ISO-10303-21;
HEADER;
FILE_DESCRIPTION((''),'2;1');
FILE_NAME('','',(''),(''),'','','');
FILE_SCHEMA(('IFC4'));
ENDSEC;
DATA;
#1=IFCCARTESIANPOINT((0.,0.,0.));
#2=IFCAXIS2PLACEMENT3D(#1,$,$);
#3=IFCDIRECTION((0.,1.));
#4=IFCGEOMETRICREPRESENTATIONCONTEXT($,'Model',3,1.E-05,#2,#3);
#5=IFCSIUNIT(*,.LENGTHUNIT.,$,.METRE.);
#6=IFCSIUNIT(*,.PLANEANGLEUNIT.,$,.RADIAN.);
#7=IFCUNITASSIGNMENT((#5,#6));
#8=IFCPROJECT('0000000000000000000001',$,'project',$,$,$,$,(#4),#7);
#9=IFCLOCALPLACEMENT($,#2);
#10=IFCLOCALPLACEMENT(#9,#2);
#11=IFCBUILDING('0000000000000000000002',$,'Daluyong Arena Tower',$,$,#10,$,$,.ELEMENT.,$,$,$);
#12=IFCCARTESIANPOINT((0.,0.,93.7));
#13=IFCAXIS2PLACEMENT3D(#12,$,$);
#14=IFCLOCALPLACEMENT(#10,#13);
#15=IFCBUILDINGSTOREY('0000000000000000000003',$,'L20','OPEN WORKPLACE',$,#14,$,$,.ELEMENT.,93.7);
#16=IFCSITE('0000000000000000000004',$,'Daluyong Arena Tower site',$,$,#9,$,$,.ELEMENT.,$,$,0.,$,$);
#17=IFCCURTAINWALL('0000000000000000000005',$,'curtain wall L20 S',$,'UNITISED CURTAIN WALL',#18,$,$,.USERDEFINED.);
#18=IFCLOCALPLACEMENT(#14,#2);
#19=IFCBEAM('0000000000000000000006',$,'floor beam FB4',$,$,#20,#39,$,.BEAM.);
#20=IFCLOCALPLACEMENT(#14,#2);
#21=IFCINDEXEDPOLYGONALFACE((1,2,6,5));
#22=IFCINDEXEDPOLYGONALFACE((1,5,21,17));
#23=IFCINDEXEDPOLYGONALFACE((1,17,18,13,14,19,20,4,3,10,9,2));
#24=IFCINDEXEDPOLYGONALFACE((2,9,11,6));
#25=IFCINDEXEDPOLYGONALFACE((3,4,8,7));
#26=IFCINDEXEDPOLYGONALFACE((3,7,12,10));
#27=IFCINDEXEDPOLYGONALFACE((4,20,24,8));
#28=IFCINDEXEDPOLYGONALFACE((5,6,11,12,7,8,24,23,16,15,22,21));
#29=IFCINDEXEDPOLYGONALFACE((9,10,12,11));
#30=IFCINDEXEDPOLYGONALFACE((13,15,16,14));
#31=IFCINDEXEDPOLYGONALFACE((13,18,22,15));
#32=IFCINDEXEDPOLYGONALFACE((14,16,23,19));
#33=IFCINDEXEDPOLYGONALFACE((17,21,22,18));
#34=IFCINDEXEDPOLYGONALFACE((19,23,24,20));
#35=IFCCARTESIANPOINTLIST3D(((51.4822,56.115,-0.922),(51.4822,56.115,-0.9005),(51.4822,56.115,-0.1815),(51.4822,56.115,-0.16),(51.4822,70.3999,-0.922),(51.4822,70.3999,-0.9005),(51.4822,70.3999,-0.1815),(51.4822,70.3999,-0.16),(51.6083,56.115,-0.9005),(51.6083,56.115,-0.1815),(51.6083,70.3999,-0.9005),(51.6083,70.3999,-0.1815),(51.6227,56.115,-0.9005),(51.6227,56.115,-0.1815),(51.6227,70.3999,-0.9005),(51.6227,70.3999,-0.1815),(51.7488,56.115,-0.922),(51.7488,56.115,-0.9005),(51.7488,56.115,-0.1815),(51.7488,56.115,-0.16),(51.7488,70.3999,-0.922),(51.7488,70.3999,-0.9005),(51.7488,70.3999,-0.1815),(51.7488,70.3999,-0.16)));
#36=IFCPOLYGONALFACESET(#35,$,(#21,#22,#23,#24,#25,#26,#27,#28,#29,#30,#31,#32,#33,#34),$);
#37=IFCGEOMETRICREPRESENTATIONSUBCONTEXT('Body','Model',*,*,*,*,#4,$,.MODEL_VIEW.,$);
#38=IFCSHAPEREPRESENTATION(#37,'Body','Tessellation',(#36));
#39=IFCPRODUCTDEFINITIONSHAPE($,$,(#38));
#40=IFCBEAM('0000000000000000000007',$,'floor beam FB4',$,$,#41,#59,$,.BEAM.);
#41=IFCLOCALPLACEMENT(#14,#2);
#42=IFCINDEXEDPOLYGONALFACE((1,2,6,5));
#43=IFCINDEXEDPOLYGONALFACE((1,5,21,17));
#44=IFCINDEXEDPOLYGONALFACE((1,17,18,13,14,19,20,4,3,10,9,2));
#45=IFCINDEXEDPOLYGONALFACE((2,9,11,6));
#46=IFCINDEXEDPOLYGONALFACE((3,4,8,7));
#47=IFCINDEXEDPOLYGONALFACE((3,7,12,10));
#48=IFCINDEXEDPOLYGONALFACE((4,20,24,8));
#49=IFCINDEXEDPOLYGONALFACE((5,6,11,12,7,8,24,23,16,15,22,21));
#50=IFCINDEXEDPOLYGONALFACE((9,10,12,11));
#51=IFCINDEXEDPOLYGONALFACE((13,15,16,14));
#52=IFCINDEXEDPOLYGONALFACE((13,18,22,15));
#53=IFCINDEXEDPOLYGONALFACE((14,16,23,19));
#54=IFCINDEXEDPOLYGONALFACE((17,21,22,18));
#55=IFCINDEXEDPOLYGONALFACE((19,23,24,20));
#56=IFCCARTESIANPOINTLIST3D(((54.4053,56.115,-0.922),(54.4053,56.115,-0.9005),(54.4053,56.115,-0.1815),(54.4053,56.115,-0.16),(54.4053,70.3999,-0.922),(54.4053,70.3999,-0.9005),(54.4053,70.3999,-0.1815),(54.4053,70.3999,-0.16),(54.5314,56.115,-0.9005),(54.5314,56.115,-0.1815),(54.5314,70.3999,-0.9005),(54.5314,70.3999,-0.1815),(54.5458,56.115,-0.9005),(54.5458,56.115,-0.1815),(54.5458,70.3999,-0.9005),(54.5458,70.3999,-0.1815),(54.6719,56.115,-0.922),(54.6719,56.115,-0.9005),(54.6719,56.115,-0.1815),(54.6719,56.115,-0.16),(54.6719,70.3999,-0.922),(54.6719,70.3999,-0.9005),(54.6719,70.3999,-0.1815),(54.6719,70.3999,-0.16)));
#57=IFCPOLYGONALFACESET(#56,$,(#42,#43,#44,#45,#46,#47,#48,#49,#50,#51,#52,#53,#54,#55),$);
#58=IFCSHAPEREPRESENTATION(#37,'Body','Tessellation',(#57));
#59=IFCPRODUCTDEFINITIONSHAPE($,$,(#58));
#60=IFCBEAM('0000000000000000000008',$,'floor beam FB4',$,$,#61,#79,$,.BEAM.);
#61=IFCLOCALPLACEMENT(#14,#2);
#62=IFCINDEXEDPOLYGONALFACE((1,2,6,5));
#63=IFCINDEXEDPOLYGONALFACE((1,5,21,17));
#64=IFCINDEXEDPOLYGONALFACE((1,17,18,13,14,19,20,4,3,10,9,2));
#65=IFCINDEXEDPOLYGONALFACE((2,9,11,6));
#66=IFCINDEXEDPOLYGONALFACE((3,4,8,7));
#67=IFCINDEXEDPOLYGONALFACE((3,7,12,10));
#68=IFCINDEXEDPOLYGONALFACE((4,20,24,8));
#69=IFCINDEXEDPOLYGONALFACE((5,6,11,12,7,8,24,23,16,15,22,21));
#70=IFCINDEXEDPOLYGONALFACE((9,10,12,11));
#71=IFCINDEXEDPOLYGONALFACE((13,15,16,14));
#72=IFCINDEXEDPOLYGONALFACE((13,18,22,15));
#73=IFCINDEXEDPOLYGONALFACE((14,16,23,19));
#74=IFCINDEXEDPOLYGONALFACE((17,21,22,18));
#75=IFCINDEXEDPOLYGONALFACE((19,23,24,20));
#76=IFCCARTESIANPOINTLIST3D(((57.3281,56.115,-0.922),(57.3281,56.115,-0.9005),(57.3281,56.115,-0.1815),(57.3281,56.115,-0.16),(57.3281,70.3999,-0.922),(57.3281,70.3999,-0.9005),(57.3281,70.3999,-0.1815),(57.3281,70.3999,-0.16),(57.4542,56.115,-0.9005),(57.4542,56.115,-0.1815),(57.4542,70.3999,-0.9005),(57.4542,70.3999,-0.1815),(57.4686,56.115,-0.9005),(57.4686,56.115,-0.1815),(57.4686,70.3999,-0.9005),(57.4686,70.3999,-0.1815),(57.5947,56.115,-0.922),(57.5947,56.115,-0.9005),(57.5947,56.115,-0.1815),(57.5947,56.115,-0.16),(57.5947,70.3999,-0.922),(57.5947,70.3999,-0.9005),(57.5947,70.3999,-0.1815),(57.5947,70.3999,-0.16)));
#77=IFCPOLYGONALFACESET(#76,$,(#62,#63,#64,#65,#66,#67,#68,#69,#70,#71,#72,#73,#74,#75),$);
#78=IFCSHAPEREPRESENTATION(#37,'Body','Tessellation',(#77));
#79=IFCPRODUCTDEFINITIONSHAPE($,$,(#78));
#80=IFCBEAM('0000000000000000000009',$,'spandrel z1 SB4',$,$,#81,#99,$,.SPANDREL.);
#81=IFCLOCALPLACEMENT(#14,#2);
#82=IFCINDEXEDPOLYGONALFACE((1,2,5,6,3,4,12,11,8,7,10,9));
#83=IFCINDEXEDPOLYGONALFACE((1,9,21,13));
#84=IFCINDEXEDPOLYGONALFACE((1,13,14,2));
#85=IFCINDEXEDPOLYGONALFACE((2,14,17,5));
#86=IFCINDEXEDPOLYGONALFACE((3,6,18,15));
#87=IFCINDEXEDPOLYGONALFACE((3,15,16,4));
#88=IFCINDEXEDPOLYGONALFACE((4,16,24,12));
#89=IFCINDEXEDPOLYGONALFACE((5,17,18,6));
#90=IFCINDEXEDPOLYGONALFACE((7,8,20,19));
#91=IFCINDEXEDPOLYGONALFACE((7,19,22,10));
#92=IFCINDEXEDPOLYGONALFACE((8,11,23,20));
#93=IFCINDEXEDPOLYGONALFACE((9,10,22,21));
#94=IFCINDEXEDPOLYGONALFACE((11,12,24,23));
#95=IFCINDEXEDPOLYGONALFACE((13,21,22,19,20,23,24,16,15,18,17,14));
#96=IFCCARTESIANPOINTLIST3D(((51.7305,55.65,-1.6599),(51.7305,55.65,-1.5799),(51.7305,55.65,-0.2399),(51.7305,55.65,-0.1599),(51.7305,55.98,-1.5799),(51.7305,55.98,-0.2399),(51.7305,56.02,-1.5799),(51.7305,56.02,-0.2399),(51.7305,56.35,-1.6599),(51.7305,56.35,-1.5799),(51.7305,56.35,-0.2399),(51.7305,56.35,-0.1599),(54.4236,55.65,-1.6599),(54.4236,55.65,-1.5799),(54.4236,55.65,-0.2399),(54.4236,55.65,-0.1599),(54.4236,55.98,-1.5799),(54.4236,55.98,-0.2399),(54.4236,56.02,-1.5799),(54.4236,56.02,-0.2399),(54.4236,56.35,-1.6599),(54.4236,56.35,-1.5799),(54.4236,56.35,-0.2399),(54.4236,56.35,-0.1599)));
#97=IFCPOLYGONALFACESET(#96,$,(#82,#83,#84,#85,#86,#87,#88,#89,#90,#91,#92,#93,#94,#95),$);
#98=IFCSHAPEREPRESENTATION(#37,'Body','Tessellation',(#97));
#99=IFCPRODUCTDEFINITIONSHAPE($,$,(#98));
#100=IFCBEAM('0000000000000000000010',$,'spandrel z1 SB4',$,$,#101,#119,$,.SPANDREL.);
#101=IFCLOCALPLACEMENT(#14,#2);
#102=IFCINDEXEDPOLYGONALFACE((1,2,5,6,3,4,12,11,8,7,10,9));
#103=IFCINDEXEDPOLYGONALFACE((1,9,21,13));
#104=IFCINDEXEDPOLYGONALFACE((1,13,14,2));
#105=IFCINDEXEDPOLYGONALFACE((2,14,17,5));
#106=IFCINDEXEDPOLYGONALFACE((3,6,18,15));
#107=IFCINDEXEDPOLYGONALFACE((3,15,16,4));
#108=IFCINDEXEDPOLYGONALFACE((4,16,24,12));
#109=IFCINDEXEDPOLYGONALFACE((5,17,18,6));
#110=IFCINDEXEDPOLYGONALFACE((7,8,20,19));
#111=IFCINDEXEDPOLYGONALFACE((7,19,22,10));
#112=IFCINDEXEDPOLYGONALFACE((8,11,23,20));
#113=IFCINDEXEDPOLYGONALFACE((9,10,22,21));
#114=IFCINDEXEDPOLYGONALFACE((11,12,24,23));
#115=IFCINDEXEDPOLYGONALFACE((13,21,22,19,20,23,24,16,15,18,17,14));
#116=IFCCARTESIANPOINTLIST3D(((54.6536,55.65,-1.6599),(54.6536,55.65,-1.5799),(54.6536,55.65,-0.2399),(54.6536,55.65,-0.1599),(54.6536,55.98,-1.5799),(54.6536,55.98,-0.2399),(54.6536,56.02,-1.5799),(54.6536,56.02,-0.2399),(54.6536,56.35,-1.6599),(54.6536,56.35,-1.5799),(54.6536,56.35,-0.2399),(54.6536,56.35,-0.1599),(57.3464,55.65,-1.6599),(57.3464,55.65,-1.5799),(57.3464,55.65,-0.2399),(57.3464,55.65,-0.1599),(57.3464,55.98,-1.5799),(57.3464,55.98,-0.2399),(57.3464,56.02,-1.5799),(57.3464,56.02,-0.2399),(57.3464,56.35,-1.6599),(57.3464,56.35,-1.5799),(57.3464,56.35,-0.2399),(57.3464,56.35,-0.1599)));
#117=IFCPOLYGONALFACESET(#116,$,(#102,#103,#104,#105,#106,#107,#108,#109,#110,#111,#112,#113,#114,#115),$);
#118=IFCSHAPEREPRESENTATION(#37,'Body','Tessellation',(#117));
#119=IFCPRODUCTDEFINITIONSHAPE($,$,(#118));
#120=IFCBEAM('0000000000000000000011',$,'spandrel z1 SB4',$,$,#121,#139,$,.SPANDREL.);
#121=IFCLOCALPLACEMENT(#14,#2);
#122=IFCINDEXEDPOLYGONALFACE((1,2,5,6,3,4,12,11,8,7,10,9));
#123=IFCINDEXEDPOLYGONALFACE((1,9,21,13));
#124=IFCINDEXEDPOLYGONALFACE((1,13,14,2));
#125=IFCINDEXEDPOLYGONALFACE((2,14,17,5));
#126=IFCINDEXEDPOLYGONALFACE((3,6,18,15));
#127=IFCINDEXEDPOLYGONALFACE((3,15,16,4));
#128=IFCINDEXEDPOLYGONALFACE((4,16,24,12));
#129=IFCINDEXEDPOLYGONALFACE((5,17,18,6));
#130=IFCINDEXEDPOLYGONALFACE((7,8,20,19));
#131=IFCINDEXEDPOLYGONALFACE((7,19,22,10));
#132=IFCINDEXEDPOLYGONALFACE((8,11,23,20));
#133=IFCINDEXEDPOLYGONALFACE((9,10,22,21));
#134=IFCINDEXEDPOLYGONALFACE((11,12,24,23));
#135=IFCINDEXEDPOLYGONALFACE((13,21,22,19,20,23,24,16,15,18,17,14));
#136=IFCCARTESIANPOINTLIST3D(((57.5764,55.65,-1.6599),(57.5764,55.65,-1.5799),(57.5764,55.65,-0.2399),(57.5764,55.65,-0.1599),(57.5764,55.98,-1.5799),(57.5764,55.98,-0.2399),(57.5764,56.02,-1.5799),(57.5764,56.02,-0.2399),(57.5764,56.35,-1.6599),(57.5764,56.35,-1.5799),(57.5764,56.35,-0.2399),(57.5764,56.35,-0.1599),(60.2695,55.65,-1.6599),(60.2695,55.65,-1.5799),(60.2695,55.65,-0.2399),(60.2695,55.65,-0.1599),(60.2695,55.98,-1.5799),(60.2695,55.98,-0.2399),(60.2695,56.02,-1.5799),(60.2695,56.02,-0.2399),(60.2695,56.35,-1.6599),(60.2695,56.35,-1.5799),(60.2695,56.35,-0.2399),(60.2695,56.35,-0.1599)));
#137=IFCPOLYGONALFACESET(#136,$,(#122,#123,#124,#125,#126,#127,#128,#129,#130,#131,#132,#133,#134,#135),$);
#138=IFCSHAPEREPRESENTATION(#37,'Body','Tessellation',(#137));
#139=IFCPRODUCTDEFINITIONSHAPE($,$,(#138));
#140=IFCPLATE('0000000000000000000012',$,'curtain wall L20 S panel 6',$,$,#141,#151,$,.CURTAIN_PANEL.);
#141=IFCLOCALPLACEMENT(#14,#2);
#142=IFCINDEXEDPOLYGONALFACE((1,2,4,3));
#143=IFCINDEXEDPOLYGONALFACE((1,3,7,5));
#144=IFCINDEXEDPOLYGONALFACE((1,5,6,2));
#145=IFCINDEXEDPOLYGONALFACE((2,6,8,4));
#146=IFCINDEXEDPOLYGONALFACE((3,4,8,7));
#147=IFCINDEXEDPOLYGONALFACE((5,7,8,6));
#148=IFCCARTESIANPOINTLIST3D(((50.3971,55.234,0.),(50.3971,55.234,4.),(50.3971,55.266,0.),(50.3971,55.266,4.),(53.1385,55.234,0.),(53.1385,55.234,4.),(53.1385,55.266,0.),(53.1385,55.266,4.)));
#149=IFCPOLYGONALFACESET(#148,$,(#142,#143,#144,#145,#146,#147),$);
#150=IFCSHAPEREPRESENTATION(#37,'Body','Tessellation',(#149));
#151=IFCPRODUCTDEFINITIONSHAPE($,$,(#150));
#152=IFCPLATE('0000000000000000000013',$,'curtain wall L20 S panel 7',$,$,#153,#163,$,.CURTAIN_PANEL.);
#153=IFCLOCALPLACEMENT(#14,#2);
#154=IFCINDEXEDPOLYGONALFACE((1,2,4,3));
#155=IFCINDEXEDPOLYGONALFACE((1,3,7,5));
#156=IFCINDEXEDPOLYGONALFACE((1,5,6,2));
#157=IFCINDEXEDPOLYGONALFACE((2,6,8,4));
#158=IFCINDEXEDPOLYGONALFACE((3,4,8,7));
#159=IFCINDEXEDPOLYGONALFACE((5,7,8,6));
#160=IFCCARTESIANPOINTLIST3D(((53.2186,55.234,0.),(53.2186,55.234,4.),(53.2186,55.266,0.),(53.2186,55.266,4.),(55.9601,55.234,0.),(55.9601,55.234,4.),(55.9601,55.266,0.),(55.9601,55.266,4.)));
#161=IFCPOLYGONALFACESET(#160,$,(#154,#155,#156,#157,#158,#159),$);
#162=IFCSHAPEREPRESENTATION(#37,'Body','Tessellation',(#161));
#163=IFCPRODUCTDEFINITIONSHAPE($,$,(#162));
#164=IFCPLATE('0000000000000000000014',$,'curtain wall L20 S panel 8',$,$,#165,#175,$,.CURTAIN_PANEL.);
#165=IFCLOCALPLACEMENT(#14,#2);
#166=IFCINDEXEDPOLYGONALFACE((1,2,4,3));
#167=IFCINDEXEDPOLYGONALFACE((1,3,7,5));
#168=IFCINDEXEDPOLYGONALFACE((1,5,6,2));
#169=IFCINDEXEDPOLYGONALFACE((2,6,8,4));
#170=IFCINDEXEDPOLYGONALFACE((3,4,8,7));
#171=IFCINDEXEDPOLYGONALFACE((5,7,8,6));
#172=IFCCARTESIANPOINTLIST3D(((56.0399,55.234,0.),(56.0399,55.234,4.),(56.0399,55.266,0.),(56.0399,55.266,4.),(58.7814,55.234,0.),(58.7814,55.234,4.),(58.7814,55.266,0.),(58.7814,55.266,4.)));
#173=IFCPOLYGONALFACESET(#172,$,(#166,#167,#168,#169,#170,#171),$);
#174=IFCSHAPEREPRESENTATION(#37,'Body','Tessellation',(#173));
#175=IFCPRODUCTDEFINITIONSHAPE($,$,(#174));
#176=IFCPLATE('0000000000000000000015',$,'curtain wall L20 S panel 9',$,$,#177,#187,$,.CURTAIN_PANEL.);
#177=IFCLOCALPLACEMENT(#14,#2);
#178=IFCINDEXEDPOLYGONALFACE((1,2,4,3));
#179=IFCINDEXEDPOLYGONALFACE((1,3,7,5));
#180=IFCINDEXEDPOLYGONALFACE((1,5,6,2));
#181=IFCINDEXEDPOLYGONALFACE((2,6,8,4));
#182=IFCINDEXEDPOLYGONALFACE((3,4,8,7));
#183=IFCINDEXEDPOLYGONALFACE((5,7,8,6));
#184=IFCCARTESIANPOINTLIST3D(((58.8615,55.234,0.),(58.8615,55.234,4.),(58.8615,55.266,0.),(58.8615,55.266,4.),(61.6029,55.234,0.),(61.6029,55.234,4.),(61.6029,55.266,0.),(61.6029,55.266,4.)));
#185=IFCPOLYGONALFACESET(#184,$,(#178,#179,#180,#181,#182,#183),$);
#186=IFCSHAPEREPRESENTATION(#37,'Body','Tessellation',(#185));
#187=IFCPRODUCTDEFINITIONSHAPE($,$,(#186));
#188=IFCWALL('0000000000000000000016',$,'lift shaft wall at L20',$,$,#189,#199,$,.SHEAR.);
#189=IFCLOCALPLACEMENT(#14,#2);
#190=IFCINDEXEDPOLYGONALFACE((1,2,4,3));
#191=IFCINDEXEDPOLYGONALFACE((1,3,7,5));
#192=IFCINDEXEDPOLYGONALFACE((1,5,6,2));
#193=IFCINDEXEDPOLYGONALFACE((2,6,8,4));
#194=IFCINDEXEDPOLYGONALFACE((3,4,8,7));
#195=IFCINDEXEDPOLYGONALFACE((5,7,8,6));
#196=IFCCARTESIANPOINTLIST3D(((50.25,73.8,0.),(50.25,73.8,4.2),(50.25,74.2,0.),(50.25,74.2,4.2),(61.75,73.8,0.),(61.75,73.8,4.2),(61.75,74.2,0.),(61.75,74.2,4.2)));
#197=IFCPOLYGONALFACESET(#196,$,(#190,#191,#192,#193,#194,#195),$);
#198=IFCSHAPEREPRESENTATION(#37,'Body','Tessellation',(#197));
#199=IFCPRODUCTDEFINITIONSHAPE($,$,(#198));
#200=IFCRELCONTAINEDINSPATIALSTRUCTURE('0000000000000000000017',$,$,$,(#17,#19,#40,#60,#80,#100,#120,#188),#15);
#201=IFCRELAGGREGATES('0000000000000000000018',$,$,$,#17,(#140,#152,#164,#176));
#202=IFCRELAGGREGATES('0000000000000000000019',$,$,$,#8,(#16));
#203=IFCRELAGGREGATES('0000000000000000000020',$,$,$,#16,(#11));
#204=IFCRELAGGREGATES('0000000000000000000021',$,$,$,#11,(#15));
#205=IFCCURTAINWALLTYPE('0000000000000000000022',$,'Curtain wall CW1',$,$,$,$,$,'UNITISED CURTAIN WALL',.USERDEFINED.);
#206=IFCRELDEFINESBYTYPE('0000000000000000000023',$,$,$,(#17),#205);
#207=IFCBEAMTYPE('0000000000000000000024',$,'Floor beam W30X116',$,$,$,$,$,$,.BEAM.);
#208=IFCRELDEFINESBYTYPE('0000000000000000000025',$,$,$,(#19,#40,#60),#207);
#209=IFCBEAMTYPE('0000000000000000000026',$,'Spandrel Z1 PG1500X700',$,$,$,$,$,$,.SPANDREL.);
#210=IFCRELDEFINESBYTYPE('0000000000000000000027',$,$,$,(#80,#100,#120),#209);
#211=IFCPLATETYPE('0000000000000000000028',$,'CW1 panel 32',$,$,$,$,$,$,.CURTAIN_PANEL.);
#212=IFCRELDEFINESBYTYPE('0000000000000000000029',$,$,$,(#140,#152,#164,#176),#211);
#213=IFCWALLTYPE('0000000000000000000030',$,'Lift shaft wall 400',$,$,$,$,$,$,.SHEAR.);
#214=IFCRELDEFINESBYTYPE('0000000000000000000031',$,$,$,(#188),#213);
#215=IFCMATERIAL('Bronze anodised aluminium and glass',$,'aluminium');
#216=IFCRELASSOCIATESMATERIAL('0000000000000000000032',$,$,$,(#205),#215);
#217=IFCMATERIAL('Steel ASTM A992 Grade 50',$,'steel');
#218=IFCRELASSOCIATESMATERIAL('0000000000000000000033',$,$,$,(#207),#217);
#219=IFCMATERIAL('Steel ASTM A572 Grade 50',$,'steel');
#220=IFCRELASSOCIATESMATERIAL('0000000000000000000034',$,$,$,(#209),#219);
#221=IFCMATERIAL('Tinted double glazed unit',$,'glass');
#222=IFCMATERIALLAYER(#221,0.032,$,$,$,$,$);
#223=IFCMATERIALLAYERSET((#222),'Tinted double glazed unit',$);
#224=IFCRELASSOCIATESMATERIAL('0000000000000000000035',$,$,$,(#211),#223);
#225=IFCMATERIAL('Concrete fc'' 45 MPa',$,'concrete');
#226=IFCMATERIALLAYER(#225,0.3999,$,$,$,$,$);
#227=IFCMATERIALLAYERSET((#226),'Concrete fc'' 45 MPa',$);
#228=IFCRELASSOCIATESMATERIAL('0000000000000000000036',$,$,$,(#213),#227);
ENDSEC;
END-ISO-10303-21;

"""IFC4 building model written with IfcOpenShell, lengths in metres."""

from ifc_helpers import new_model, si_unit, direction, frame, frame_2d, origin, origin_2d, place, context, subcontext, project, spatial, rectangle, i_section, extrude, material, layer, layer_set, material_profile, profile_set, type_object, element, aggregate, save


model = new_model("IFC4")

# Units and contexts
model_context = context("Model", 3, precision=1e-05, world=origin(), true_north=direction((0.0, 1.0)))
body_context = subcontext(model_context, "Body", "Model", "MODEL_VIEW")
ifc_project = project(units=[si_unit("LENGTHUNIT", "METRE"), si_unit("PLANEANGLEUNIT", "RADIAN")], contexts=[model_context])

# Site, building, storey
site_placement = place(None, origin())
site = spatial("IfcSite", under=ifc_project, at=site_placement, Name="Daluyong Arena Tower site", CompositionType="ELEMENT", RefElevation=0.0)
building_placement = place(site_placement, origin())
building = spatial("IfcBuilding", under=site, at=building_placement, Name="Daluyong Arena Tower", CompositionType="ELEMENT")
storey_placement = place(building_placement, frame((0.0, 0.0, 93.7)))
storey = spatial("IfcBuildingStorey", under=building, at=storey_placement, Name="L20", Description="OPEN WORKPLACE", CompositionType="ELEMENT", Elevation=93.7)

# Curtain wall
ifc_material_1 = material(Name="Bronze anodised aluminium and glass", Category="aluminium")
curtain_wall_type = type_object("IfcCurtainWallType", Name="Curtain wall CW1", ElementType="UNITISED CURTAIN WALL", PredefinedType="USERDEFINED", material=ifc_material_1)
curtain_wall_placement = place(storey_placement, origin())
curtain_wall = element("IfcCurtainWall", 1, at=curtain_wall_placement, inside=storey, type_object=curtain_wall_type, Name="curtain wall L20 S", ObjectType="UNITISED CURTAIN WALL", PredefinedType="USERDEFINED")

# Beams
ifc_material_2 = material(Name="Steel ASTM A992 Grade 50", Category="steel")
ifc_material_profile_1 = material_profile(ifc_material_2, i_section(OverallWidth=0.2666, OverallDepth=0.762, WebThickness=0.0144, FlangeThickness=0.0215, at=origin_2d()))
ifc_profile_set_1 = profile_set([ifc_material_profile_1], Name="Steel ASTM A992 Grade 50")
beam_type_1 = type_object("IfcBeamType", Name="Floor beam W30X116", PredefinedType="BEAM", material=ifc_profile_set_1)
for number, where, z_axis, x_axis, name in (
    (2, (51.6155, 56.115, -0.541), (0.0, 1.0, 0.0), (-1.0, 0.0, 0.0), "floor beam FB4"),
    (3, (54.5386, 56.115, -0.541), (0.0, 1.0, 0.0), (-1.0, 0.0, 0.0), "floor beam FB4"),
    (4, (57.4614, 56.115, -0.541), (0.0, 1.0, 0.0), (-1.0, 0.0, 0.0), "floor beam FB4"),
):
    element("IfcBeam", number, at=place(storey_placement, frame(where, z_axis=z_axis, x_axis=x_axis)), inside=storey, type_object=beam_type_1, Name=name, PredefinedType="BEAM", context=body_context, shape_type="SweptSolid", body=[
        extrude(i_section(OverallWidth=0.2666, OverallDepth=0.762, WebThickness=0.0144, FlangeThickness=0.0215, at=origin_2d()), origin(), (0.0, 0.0, 1.0), 14.2849),
    ])
ifc_material_3 = material(Name="Steel ASTM A572 Grade 50", Category="steel")
ifc_material_profile_2 = material_profile(ifc_material_3, i_section(OverallWidth=0.7, OverallDepth=1.5, WebThickness=0.04, FlangeThickness=0.08, at=origin_2d()))
ifc_profile_set_2 = profile_set([ifc_material_profile_2], Name="Steel ASTM A572 Grade 50")
beam_type_2 = type_object("IfcBeamType", Name="Spandrel Z1 PG1500X700", PredefinedType="SPANDREL", material=ifc_profile_set_2)
beam_1_placement = place(storey_placement, frame((51.7305, 56.0, -0.9099), z_axis=(1.0, 0.0, 0.0), x_axis=(0.0, 1.0, 0.0)))
element("IfcBeam", 5, at=beam_1_placement, inside=storey, type_object=beam_type_2, Name="spandrel z1 SB4", PredefinedType="SPANDREL", context=body_context, shape_type="SweptSolid", body=[
    extrude(i_section(OverallWidth=0.7, OverallDepth=1.5, WebThickness=0.04, FlangeThickness=0.08, at=origin_2d()), origin(), (0.0, 0.0, 1.0), 2.6931),
])
beam_2_placement = place(storey_placement, frame((54.6536, 56.0, -0.9099), z_axis=(1.0, 0.0, 0.0), x_axis=(0.0, 1.0, 0.0)))
element("IfcBeam", 6, at=beam_2_placement, inside=storey, type_object=beam_type_2, Name="spandrel z1 SB4", PredefinedType="SPANDREL", context=body_context, shape_type="SweptSolid", body=[
    extrude(i_section(OverallWidth=0.7, OverallDepth=1.5, WebThickness=0.04, FlangeThickness=0.08, at=origin_2d()), origin(), (0.0, 0.0, 1.0), 2.6929),
])
beam_3_placement = place(storey_placement, frame((57.5764, 56.0, -0.9099), z_axis=(1.0, 0.0, 0.0), x_axis=(0.0, 1.0, 0.0)))
element("IfcBeam", 7, at=beam_3_placement, inside=storey, type_object=beam_type_2, Name="spandrel z1 SB4", PredefinedType="SPANDREL", context=body_context, shape_type="SweptSolid", body=[
    extrude(i_section(OverallWidth=0.7, OverallDepth=1.5, WebThickness=0.04, FlangeThickness=0.08, at=origin_2d()), origin(), (0.0, 0.0, 1.0), 2.6931),
])

# Plates
ifc_material_4 = material(Name="Tinted double glazed unit", Category="glass")
ifc_layer_1 = layer(ifc_material_4, 0.032)
ifc_layer_set_1 = layer_set([ifc_layer_1], Name="Tinted double glazed unit")
plate_type = type_object("IfcPlateType", Name="CW1 panel 32", PredefinedType="CURTAIN_PANEL", material=ifc_layer_set_1)
plate_1_placement = place(storey_placement, frame((51.7678, 55.25, 0.0), z_axis=(0.0, 0.0, 1.0), x_axis=(1.0, 0.0, 0.0)))
plate_1 = element("IfcPlate", 8, at=plate_1_placement, type_object=plate_type, Name="curtain wall L20 S panel 6", PredefinedType="CURTAIN_PANEL", context=body_context, shape_type="SweptSolid", body=[
    extrude(rectangle(XDim=2.7415, YDim=0.032, at=origin_2d()), origin(), (0.0, 0.0, 1.0), 4.0),
])
plate_2_placement = place(storey_placement, frame((54.5894, 55.25, 0.0), z_axis=(0.0, 0.0, 1.0), x_axis=(1.0, 0.0, 0.0)))
plate_2 = element("IfcPlate", 9, at=plate_2_placement, type_object=plate_type, Name="curtain wall L20 S panel 7", PredefinedType="CURTAIN_PANEL", context=body_context, shape_type="SweptSolid", body=[
    extrude(rectangle(XDim=2.7415, YDim=0.032, at=origin_2d()), origin(), (0.0, 0.0, 1.0), 4.0),
])
plate_3_placement = place(storey_placement, frame((57.4106, 55.25, 0.0), z_axis=(0.0, 0.0, 1.0), x_axis=(1.0, 0.0, 0.0)))
plate_3 = element("IfcPlate", 10, at=plate_3_placement, type_object=plate_type, Name="curtain wall L20 S panel 8", PredefinedType="CURTAIN_PANEL", context=body_context, shape_type="SweptSolid", body=[
    extrude(rectangle(XDim=2.7415, YDim=0.032, at=origin_2d()), origin(), (0.0, 0.0, 1.0), 4.0),
])
plate_4_placement = place(storey_placement, frame((60.2322, 55.25, 0.0), z_axis=(0.0, 0.0, 1.0), x_axis=(1.0, 0.0, 0.0)))
plate_4 = element("IfcPlate", 11, at=plate_4_placement, type_object=plate_type, Name="curtain wall L20 S panel 9", PredefinedType="CURTAIN_PANEL", context=body_context, shape_type="SweptSolid", body=[
    extrude(rectangle(XDim=2.7415, YDim=0.032, at=origin_2d()), origin(), (0.0, 0.0, 1.0), 4.0),
])
aggregate(curtain_wall, [plate_1, plate_2, plate_3, plate_4])

# Wall
ifc_material_5 = material(Name="Concrete fc' 45 MPa", Category="concrete")
ifc_layer_2 = layer(ifc_material_5, 0.3999)
ifc_layer_set_2 = layer_set([ifc_layer_2], Name="Concrete fc' 45 MPa")
wall_type_1 = type_object("IfcWallType", Name="Lift shaft wall 400", PredefinedType="SHEAR", material=ifc_layer_set_2)
wall_1_placement = place(storey_placement, frame((50.25, 74.0, 0.0), z_axis=(0.0, 0.0, 1.0), x_axis=(1.0, 0.0, 0.0)))
element("IfcWall", 12, at=wall_1_placement, inside=storey, type_object=wall_type_1, Name="lift shaft wall at L20", PredefinedType="SHEAR", context=body_context, shape_type="SweptSolid", body=[
    extrude(rectangle(XDim=11.5, YDim=0.3999, at=frame_2d((5.75, 0.0))), origin(), (0.0, 0.0, 1.0), 4.2),
])

save(model, "model.ifc")
